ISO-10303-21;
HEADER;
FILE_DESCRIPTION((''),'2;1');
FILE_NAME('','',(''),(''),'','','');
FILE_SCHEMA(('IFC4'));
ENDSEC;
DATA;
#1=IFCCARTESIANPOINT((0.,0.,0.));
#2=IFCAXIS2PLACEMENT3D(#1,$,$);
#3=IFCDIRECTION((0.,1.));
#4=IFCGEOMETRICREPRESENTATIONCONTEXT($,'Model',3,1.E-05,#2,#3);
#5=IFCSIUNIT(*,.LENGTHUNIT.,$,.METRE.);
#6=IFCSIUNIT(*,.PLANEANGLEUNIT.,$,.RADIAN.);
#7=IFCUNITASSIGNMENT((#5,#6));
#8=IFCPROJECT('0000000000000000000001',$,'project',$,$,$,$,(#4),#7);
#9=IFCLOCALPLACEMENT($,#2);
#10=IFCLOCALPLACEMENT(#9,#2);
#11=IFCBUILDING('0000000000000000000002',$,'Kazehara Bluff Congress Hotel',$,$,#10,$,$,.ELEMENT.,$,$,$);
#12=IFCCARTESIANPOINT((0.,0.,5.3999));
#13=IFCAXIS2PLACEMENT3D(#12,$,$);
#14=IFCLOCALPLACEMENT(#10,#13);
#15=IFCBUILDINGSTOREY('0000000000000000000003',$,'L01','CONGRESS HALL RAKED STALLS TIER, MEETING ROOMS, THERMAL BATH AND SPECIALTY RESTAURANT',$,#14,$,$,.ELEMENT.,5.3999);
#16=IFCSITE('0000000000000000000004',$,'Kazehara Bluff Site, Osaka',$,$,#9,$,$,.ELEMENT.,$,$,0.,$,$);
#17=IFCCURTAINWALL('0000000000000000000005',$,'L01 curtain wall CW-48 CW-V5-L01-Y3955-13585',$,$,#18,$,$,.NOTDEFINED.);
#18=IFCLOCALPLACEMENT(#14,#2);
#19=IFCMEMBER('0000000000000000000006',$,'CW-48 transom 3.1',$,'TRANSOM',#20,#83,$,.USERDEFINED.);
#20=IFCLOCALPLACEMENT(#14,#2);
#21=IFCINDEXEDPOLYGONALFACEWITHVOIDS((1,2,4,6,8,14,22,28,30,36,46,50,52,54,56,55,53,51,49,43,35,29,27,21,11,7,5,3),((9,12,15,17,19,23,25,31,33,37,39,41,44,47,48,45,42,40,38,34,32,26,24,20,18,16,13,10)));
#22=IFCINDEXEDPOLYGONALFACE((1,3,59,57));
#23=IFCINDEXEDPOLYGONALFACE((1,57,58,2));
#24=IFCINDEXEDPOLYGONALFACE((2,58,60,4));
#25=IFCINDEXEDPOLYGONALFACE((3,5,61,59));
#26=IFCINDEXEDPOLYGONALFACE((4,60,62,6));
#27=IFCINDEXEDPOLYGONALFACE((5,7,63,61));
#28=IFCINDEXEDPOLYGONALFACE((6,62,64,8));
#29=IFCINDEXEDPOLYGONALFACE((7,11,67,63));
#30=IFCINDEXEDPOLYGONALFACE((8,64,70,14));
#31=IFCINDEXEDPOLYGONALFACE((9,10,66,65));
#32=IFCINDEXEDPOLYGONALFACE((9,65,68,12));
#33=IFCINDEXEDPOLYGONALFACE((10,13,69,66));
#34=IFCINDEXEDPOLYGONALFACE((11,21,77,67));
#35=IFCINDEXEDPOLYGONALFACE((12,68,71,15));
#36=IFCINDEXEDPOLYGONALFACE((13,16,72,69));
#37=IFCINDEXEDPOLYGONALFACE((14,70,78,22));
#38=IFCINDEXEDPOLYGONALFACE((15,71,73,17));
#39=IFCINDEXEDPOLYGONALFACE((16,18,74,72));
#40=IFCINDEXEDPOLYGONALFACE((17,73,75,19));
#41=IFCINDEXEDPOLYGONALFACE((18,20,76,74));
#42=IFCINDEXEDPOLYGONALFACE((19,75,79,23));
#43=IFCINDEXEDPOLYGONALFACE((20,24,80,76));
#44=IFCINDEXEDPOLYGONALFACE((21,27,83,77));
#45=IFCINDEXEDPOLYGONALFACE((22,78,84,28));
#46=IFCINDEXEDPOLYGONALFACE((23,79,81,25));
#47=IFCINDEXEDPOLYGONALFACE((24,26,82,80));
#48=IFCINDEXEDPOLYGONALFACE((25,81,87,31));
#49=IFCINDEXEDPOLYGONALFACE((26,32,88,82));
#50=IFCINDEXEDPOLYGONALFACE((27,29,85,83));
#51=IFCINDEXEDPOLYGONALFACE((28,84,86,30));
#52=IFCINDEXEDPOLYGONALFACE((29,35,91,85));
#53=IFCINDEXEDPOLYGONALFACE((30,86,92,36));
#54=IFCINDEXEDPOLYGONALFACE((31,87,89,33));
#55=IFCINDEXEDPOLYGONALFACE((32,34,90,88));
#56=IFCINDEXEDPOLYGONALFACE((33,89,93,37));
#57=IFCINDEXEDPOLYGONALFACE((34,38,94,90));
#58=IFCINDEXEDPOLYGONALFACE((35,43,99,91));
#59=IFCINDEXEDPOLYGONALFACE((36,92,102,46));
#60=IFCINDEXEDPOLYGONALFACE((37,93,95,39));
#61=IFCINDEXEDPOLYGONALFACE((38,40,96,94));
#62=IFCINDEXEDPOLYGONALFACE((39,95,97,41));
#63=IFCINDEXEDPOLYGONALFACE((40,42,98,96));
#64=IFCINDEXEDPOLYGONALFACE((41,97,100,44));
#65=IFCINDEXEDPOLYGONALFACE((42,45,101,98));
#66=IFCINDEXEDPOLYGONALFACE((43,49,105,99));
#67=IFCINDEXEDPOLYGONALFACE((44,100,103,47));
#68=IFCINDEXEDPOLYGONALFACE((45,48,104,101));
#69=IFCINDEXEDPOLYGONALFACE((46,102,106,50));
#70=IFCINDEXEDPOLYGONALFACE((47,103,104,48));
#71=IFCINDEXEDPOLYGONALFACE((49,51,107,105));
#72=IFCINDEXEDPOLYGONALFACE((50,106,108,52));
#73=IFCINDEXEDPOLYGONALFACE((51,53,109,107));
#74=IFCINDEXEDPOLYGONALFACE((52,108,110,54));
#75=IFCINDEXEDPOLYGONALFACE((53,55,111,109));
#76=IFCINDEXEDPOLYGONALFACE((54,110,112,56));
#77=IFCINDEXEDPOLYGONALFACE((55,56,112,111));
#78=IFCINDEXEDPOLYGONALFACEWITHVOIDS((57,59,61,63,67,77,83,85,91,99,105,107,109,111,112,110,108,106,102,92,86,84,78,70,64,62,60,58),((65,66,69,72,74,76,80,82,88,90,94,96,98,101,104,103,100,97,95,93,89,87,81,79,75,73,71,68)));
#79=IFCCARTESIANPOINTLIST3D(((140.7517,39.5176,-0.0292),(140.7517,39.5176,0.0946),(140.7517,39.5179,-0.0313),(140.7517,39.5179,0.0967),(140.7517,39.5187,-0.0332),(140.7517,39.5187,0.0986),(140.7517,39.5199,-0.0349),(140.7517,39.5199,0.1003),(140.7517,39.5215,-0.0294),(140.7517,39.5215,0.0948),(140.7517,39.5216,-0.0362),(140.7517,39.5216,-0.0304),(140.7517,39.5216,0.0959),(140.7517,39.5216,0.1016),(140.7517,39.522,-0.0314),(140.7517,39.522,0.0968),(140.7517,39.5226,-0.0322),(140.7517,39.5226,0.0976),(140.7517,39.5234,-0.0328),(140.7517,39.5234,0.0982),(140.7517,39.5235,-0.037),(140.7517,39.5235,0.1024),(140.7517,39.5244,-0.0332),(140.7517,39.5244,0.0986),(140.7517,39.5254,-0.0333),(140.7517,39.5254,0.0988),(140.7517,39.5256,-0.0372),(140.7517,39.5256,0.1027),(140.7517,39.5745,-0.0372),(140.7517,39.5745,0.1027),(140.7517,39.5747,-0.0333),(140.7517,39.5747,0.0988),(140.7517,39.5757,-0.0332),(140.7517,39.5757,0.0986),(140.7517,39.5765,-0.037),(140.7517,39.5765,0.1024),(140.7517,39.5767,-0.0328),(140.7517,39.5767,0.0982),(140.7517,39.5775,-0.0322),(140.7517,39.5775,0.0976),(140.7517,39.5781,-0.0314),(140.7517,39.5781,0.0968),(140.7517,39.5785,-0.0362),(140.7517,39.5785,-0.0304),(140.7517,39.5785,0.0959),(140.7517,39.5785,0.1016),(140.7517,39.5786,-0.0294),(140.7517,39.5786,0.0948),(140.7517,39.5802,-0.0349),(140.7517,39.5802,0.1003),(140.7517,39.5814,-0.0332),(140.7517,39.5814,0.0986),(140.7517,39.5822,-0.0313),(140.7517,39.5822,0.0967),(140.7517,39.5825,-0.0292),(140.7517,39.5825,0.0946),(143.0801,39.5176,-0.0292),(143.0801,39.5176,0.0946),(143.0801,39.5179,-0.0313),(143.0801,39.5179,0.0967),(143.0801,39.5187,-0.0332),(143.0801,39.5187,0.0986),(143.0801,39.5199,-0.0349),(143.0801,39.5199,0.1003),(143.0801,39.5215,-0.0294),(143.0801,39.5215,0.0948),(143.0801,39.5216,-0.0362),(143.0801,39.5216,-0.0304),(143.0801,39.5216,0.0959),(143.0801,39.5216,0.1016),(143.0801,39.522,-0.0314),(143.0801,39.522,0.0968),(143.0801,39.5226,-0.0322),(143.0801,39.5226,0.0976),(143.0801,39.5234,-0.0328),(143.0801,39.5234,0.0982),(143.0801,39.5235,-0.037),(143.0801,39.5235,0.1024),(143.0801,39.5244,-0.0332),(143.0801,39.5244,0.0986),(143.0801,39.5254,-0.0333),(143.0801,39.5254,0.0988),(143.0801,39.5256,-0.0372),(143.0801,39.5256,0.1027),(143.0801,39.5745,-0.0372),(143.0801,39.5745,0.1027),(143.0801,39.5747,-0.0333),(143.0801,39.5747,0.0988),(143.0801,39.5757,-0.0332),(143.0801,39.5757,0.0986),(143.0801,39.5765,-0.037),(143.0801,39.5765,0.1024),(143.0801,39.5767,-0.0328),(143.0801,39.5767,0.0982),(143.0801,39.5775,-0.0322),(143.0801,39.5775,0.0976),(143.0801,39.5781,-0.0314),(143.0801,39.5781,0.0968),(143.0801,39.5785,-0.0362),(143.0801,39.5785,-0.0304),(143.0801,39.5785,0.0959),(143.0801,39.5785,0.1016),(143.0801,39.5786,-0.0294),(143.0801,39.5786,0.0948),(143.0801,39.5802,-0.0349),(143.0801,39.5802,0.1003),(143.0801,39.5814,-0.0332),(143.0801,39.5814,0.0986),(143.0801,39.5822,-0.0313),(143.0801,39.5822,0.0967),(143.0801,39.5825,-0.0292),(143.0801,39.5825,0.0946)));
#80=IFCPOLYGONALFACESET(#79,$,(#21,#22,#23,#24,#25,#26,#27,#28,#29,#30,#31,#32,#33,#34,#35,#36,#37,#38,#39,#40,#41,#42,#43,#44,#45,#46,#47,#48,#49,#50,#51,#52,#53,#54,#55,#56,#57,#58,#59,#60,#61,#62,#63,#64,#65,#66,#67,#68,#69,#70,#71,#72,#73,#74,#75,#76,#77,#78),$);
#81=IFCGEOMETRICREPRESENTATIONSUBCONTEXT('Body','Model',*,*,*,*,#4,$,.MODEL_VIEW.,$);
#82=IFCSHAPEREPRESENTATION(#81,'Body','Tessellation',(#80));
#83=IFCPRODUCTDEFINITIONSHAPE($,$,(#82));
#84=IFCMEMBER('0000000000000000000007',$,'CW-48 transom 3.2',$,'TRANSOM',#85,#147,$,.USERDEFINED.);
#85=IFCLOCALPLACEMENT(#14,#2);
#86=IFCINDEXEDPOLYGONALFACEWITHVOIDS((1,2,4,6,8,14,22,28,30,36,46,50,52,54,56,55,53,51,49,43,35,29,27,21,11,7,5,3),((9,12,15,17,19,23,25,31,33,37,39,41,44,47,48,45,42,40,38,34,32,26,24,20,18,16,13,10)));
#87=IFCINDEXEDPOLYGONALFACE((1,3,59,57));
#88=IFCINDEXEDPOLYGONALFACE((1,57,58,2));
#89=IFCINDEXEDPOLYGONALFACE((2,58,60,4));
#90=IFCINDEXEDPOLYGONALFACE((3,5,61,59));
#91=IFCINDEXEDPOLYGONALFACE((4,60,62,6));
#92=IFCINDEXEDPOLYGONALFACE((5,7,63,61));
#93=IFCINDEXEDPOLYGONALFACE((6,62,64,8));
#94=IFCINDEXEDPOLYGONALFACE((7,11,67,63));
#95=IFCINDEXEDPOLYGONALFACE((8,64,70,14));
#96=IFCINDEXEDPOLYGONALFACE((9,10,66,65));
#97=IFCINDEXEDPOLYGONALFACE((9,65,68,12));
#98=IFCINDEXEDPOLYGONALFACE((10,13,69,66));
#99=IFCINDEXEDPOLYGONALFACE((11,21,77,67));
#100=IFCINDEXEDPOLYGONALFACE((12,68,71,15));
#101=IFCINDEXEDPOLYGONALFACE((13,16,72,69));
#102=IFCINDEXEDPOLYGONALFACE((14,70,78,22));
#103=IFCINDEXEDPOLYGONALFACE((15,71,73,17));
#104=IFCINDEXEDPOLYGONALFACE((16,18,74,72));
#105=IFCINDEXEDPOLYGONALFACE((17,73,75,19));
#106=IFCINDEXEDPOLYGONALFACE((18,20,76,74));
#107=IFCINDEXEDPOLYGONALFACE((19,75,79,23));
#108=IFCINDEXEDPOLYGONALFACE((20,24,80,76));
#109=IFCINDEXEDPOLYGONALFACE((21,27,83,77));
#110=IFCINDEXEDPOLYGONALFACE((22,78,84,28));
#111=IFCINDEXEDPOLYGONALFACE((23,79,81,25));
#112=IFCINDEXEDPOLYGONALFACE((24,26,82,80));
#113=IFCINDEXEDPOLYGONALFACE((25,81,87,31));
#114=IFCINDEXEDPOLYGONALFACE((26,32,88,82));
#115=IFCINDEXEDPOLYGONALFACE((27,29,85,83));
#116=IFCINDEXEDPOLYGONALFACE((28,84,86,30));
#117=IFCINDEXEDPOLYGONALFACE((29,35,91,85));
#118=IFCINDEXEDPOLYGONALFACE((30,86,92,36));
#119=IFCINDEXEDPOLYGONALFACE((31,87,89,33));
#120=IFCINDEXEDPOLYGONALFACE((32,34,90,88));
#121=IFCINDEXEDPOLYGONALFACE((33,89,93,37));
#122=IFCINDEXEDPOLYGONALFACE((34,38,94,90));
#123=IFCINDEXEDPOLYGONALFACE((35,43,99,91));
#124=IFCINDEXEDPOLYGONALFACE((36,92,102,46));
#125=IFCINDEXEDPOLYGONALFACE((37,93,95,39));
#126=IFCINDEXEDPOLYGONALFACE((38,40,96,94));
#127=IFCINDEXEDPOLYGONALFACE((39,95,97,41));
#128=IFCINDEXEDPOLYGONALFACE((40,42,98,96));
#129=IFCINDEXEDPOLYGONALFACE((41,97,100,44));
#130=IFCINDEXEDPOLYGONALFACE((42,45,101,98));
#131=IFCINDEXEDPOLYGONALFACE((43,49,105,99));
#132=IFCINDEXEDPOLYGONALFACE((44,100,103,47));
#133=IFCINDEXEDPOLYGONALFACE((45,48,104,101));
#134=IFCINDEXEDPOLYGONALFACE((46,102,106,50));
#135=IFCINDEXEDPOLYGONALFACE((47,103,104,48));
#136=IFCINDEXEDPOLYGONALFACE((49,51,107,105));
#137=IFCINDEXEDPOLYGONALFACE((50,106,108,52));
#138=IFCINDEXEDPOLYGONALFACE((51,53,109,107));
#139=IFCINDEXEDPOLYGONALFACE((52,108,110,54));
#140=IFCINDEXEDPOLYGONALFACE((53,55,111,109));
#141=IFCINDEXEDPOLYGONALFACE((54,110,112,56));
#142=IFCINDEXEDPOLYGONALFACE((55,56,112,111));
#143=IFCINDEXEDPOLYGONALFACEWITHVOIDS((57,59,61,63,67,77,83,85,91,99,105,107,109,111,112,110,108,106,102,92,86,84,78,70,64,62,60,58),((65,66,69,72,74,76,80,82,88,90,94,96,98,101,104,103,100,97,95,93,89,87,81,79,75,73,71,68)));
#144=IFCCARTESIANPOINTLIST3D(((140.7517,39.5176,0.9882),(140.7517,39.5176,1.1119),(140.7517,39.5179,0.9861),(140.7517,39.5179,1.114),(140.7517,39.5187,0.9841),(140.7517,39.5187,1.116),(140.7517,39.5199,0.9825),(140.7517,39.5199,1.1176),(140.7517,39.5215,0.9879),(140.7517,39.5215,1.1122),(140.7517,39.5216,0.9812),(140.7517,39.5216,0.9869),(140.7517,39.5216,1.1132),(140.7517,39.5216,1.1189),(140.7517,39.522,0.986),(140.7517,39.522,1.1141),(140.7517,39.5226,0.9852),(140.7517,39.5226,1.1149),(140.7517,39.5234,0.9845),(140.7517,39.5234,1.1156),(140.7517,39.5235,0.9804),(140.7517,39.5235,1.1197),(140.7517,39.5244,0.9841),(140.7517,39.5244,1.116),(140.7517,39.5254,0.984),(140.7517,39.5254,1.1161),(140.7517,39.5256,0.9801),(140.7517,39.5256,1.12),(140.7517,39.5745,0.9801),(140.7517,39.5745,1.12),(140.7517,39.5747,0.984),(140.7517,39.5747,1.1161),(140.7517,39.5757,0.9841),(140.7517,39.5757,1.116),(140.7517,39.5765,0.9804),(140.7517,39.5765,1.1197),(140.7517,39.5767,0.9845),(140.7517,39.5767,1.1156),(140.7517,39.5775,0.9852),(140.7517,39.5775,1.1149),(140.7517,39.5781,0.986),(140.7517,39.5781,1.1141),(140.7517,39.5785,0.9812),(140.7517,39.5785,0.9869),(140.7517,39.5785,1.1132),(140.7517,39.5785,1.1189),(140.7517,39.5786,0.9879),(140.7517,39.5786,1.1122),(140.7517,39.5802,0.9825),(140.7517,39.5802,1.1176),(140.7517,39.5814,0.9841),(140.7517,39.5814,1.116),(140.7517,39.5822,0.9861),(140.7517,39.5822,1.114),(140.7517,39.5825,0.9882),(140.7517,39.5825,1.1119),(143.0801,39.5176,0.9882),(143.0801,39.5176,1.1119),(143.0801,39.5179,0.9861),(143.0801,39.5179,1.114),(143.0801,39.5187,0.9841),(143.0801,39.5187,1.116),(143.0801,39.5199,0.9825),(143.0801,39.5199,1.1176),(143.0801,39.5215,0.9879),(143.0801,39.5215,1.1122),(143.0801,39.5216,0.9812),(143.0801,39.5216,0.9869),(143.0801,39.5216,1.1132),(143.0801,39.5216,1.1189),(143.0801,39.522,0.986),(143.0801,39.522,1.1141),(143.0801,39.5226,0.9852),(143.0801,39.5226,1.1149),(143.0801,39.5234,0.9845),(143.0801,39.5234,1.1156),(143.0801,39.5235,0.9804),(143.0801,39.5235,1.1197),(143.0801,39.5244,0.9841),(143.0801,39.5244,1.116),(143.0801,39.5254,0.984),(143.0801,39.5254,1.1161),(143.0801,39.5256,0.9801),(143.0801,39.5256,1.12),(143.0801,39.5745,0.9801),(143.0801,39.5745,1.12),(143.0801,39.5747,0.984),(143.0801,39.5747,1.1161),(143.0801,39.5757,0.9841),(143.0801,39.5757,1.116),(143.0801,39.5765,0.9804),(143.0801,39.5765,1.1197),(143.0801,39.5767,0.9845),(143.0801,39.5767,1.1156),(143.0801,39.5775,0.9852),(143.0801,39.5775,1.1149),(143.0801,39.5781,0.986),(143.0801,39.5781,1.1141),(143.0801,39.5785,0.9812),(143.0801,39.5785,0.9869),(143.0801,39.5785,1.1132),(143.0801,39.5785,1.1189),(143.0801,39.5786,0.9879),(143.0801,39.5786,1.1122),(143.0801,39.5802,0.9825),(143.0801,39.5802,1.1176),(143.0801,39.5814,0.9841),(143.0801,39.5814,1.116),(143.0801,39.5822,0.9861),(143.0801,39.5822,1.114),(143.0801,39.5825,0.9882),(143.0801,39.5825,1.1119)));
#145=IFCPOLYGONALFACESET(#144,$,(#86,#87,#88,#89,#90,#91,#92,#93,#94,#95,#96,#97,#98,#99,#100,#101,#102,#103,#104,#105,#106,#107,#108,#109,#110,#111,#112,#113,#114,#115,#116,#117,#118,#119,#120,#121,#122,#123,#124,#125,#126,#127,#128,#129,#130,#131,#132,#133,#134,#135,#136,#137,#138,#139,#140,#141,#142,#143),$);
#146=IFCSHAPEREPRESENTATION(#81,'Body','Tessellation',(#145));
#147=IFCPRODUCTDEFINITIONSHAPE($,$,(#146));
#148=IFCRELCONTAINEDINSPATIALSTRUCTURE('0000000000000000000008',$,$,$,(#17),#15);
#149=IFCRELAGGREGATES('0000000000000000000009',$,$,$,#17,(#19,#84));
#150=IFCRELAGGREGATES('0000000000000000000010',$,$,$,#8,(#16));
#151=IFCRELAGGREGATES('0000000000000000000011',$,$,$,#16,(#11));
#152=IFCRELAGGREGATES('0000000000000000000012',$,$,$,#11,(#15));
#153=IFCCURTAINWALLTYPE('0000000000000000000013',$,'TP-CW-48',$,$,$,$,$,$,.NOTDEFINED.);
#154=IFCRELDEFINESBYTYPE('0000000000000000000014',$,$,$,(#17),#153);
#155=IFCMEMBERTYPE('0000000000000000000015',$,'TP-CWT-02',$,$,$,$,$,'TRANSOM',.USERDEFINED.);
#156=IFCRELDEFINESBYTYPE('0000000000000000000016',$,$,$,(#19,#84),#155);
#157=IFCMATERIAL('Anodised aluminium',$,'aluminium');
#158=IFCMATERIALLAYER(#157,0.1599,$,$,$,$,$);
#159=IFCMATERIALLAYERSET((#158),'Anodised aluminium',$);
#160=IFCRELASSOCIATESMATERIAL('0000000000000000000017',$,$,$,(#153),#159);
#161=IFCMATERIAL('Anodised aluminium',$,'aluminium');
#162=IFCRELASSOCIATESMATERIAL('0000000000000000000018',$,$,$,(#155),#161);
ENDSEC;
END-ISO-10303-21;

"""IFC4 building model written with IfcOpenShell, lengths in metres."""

from ifc_helpers import new_model, si_unit, direction, frame, origin, origin_2d, place, context, subcontext, project, spatial, hollow_rectangle, extrude, material, layer, layer_set, material_profile, profile_set, type_object, element, aggregate, save


model = new_model("IFC4")

# Units and contexts
model_context = context("Model", 3, precision=1e-05, world=origin(), true_north=direction((0.0, 1.0)))
body_context = subcontext(model_context, "Body", "Model", "MODEL_VIEW")
ifc_project = project(units=[si_unit("LENGTHUNIT", "METRE"), si_unit("PLANEANGLEUNIT", "RADIAN")], contexts=[model_context])

# Site, building, storey
site_placement = place(None, origin())
site = spatial("IfcSite", under=ifc_project, at=site_placement, Name="Kazehara Bluff Site, Osaka", CompositionType="ELEMENT", RefElevation=0.0)
building_placement = place(site_placement, origin())
building = spatial("IfcBuilding", under=site, at=building_placement, Name="Kazehara Bluff Congress Hotel", CompositionType="ELEMENT")
storey_placement = place(building_placement, frame((0.0, 0.0, 5.3999)))
storey = spatial("IfcBuildingStorey", under=building, at=storey_placement, Name="L01", Description="CONGRESS HALL RAKED STALLS TIER, MEETING ROOMS, THERMAL BATH AND SPECIALTY RESTAURANT", CompositionType="ELEMENT", Elevation=5.3999)

# Curtain wall, members
ifc_material_1 = material(Name="Anodised aluminium", Category="aluminium")
ifc_layer_1 = layer(ifc_material_1, 0.1599)
ifc_layer_set_1 = layer_set([ifc_layer_1], Name="Anodised aluminium")
curtain_wall_type = type_object("IfcCurtainWallType", Name="TP-CW-48", PredefinedType="NOTDEFINED", material=ifc_layer_set_1)
curtain_wall_placement = place(storey_placement, origin())
curtain_wall = element("IfcCurtainWall", 1, at=curtain_wall_placement, inside=storey, type_object=curtain_wall_type, Name="L01 curtain wall CW-48 CW-V5-L01-Y3955-13585", PredefinedType="NOTDEFINED")
ifc_material_2 = material(Name="Anodised aluminium", Category="aluminium")
ifc_material_profile_1 = material_profile(ifc_material_2, hollow_rectangle(XDim=0.0649, YDim=0.1399, WallThickness=0.0039, InnerFilletRadius=0.0039, OuterFilletRadius=0.0081, at=origin_2d()))
ifc_profile_set_1 = profile_set([ifc_material_profile_1], Name="Anodised aluminium")
member_type_1 = type_object("IfcMemberType", Name="TP-CWT-02", ElementType="TRANSOM", PredefinedType="USERDEFINED", material=ifc_profile_set_1)
member_1_placement = place(storey_placement, frame((140.7517, 39.55, 0.0327), z_axis=(1.0, 0.0, 0.0), x_axis=(0.0, 1.0, 0.0)))
member_1 = element("IfcMember", 2, at=member_1_placement, type_object=member_type_1, Name="CW-48 transom 3.1", ObjectType="TRANSOM", PredefinedType="USERDEFINED", context=body_context, shape_type="SweptSolid", body=[
    extrude(hollow_rectangle(XDim=0.0649, YDim=0.1399, WallThickness=0.0039, InnerFilletRadius=0.0039, OuterFilletRadius=0.0081, at=origin_2d()), origin(), (0.0, 0.0, 1.0), 2.3284),
])
member_2_placement = place(storey_placement, frame((140.7517, 39.55, 1.05), z_axis=(1.0, 0.0, 0.0), x_axis=(0.0, 1.0, 0.0)))
member_2 = element("IfcMember", 3, at=member_2_placement, type_object=member_type_1, Name="CW-48 transom 3.2", ObjectType="TRANSOM", PredefinedType="USERDEFINED", context=body_context, shape_type="SweptSolid", body=[
    extrude(hollow_rectangle(XDim=0.0649, YDim=0.1399, WallThickness=0.0039, InnerFilletRadius=0.0039, OuterFilletRadius=0.0081, at=origin_2d()), origin(), (0.0, 0.0, 1.0), 2.3284),
])

aggregate(curtain_wall, [member_1, member_2])

save(model, "model.ifc")
